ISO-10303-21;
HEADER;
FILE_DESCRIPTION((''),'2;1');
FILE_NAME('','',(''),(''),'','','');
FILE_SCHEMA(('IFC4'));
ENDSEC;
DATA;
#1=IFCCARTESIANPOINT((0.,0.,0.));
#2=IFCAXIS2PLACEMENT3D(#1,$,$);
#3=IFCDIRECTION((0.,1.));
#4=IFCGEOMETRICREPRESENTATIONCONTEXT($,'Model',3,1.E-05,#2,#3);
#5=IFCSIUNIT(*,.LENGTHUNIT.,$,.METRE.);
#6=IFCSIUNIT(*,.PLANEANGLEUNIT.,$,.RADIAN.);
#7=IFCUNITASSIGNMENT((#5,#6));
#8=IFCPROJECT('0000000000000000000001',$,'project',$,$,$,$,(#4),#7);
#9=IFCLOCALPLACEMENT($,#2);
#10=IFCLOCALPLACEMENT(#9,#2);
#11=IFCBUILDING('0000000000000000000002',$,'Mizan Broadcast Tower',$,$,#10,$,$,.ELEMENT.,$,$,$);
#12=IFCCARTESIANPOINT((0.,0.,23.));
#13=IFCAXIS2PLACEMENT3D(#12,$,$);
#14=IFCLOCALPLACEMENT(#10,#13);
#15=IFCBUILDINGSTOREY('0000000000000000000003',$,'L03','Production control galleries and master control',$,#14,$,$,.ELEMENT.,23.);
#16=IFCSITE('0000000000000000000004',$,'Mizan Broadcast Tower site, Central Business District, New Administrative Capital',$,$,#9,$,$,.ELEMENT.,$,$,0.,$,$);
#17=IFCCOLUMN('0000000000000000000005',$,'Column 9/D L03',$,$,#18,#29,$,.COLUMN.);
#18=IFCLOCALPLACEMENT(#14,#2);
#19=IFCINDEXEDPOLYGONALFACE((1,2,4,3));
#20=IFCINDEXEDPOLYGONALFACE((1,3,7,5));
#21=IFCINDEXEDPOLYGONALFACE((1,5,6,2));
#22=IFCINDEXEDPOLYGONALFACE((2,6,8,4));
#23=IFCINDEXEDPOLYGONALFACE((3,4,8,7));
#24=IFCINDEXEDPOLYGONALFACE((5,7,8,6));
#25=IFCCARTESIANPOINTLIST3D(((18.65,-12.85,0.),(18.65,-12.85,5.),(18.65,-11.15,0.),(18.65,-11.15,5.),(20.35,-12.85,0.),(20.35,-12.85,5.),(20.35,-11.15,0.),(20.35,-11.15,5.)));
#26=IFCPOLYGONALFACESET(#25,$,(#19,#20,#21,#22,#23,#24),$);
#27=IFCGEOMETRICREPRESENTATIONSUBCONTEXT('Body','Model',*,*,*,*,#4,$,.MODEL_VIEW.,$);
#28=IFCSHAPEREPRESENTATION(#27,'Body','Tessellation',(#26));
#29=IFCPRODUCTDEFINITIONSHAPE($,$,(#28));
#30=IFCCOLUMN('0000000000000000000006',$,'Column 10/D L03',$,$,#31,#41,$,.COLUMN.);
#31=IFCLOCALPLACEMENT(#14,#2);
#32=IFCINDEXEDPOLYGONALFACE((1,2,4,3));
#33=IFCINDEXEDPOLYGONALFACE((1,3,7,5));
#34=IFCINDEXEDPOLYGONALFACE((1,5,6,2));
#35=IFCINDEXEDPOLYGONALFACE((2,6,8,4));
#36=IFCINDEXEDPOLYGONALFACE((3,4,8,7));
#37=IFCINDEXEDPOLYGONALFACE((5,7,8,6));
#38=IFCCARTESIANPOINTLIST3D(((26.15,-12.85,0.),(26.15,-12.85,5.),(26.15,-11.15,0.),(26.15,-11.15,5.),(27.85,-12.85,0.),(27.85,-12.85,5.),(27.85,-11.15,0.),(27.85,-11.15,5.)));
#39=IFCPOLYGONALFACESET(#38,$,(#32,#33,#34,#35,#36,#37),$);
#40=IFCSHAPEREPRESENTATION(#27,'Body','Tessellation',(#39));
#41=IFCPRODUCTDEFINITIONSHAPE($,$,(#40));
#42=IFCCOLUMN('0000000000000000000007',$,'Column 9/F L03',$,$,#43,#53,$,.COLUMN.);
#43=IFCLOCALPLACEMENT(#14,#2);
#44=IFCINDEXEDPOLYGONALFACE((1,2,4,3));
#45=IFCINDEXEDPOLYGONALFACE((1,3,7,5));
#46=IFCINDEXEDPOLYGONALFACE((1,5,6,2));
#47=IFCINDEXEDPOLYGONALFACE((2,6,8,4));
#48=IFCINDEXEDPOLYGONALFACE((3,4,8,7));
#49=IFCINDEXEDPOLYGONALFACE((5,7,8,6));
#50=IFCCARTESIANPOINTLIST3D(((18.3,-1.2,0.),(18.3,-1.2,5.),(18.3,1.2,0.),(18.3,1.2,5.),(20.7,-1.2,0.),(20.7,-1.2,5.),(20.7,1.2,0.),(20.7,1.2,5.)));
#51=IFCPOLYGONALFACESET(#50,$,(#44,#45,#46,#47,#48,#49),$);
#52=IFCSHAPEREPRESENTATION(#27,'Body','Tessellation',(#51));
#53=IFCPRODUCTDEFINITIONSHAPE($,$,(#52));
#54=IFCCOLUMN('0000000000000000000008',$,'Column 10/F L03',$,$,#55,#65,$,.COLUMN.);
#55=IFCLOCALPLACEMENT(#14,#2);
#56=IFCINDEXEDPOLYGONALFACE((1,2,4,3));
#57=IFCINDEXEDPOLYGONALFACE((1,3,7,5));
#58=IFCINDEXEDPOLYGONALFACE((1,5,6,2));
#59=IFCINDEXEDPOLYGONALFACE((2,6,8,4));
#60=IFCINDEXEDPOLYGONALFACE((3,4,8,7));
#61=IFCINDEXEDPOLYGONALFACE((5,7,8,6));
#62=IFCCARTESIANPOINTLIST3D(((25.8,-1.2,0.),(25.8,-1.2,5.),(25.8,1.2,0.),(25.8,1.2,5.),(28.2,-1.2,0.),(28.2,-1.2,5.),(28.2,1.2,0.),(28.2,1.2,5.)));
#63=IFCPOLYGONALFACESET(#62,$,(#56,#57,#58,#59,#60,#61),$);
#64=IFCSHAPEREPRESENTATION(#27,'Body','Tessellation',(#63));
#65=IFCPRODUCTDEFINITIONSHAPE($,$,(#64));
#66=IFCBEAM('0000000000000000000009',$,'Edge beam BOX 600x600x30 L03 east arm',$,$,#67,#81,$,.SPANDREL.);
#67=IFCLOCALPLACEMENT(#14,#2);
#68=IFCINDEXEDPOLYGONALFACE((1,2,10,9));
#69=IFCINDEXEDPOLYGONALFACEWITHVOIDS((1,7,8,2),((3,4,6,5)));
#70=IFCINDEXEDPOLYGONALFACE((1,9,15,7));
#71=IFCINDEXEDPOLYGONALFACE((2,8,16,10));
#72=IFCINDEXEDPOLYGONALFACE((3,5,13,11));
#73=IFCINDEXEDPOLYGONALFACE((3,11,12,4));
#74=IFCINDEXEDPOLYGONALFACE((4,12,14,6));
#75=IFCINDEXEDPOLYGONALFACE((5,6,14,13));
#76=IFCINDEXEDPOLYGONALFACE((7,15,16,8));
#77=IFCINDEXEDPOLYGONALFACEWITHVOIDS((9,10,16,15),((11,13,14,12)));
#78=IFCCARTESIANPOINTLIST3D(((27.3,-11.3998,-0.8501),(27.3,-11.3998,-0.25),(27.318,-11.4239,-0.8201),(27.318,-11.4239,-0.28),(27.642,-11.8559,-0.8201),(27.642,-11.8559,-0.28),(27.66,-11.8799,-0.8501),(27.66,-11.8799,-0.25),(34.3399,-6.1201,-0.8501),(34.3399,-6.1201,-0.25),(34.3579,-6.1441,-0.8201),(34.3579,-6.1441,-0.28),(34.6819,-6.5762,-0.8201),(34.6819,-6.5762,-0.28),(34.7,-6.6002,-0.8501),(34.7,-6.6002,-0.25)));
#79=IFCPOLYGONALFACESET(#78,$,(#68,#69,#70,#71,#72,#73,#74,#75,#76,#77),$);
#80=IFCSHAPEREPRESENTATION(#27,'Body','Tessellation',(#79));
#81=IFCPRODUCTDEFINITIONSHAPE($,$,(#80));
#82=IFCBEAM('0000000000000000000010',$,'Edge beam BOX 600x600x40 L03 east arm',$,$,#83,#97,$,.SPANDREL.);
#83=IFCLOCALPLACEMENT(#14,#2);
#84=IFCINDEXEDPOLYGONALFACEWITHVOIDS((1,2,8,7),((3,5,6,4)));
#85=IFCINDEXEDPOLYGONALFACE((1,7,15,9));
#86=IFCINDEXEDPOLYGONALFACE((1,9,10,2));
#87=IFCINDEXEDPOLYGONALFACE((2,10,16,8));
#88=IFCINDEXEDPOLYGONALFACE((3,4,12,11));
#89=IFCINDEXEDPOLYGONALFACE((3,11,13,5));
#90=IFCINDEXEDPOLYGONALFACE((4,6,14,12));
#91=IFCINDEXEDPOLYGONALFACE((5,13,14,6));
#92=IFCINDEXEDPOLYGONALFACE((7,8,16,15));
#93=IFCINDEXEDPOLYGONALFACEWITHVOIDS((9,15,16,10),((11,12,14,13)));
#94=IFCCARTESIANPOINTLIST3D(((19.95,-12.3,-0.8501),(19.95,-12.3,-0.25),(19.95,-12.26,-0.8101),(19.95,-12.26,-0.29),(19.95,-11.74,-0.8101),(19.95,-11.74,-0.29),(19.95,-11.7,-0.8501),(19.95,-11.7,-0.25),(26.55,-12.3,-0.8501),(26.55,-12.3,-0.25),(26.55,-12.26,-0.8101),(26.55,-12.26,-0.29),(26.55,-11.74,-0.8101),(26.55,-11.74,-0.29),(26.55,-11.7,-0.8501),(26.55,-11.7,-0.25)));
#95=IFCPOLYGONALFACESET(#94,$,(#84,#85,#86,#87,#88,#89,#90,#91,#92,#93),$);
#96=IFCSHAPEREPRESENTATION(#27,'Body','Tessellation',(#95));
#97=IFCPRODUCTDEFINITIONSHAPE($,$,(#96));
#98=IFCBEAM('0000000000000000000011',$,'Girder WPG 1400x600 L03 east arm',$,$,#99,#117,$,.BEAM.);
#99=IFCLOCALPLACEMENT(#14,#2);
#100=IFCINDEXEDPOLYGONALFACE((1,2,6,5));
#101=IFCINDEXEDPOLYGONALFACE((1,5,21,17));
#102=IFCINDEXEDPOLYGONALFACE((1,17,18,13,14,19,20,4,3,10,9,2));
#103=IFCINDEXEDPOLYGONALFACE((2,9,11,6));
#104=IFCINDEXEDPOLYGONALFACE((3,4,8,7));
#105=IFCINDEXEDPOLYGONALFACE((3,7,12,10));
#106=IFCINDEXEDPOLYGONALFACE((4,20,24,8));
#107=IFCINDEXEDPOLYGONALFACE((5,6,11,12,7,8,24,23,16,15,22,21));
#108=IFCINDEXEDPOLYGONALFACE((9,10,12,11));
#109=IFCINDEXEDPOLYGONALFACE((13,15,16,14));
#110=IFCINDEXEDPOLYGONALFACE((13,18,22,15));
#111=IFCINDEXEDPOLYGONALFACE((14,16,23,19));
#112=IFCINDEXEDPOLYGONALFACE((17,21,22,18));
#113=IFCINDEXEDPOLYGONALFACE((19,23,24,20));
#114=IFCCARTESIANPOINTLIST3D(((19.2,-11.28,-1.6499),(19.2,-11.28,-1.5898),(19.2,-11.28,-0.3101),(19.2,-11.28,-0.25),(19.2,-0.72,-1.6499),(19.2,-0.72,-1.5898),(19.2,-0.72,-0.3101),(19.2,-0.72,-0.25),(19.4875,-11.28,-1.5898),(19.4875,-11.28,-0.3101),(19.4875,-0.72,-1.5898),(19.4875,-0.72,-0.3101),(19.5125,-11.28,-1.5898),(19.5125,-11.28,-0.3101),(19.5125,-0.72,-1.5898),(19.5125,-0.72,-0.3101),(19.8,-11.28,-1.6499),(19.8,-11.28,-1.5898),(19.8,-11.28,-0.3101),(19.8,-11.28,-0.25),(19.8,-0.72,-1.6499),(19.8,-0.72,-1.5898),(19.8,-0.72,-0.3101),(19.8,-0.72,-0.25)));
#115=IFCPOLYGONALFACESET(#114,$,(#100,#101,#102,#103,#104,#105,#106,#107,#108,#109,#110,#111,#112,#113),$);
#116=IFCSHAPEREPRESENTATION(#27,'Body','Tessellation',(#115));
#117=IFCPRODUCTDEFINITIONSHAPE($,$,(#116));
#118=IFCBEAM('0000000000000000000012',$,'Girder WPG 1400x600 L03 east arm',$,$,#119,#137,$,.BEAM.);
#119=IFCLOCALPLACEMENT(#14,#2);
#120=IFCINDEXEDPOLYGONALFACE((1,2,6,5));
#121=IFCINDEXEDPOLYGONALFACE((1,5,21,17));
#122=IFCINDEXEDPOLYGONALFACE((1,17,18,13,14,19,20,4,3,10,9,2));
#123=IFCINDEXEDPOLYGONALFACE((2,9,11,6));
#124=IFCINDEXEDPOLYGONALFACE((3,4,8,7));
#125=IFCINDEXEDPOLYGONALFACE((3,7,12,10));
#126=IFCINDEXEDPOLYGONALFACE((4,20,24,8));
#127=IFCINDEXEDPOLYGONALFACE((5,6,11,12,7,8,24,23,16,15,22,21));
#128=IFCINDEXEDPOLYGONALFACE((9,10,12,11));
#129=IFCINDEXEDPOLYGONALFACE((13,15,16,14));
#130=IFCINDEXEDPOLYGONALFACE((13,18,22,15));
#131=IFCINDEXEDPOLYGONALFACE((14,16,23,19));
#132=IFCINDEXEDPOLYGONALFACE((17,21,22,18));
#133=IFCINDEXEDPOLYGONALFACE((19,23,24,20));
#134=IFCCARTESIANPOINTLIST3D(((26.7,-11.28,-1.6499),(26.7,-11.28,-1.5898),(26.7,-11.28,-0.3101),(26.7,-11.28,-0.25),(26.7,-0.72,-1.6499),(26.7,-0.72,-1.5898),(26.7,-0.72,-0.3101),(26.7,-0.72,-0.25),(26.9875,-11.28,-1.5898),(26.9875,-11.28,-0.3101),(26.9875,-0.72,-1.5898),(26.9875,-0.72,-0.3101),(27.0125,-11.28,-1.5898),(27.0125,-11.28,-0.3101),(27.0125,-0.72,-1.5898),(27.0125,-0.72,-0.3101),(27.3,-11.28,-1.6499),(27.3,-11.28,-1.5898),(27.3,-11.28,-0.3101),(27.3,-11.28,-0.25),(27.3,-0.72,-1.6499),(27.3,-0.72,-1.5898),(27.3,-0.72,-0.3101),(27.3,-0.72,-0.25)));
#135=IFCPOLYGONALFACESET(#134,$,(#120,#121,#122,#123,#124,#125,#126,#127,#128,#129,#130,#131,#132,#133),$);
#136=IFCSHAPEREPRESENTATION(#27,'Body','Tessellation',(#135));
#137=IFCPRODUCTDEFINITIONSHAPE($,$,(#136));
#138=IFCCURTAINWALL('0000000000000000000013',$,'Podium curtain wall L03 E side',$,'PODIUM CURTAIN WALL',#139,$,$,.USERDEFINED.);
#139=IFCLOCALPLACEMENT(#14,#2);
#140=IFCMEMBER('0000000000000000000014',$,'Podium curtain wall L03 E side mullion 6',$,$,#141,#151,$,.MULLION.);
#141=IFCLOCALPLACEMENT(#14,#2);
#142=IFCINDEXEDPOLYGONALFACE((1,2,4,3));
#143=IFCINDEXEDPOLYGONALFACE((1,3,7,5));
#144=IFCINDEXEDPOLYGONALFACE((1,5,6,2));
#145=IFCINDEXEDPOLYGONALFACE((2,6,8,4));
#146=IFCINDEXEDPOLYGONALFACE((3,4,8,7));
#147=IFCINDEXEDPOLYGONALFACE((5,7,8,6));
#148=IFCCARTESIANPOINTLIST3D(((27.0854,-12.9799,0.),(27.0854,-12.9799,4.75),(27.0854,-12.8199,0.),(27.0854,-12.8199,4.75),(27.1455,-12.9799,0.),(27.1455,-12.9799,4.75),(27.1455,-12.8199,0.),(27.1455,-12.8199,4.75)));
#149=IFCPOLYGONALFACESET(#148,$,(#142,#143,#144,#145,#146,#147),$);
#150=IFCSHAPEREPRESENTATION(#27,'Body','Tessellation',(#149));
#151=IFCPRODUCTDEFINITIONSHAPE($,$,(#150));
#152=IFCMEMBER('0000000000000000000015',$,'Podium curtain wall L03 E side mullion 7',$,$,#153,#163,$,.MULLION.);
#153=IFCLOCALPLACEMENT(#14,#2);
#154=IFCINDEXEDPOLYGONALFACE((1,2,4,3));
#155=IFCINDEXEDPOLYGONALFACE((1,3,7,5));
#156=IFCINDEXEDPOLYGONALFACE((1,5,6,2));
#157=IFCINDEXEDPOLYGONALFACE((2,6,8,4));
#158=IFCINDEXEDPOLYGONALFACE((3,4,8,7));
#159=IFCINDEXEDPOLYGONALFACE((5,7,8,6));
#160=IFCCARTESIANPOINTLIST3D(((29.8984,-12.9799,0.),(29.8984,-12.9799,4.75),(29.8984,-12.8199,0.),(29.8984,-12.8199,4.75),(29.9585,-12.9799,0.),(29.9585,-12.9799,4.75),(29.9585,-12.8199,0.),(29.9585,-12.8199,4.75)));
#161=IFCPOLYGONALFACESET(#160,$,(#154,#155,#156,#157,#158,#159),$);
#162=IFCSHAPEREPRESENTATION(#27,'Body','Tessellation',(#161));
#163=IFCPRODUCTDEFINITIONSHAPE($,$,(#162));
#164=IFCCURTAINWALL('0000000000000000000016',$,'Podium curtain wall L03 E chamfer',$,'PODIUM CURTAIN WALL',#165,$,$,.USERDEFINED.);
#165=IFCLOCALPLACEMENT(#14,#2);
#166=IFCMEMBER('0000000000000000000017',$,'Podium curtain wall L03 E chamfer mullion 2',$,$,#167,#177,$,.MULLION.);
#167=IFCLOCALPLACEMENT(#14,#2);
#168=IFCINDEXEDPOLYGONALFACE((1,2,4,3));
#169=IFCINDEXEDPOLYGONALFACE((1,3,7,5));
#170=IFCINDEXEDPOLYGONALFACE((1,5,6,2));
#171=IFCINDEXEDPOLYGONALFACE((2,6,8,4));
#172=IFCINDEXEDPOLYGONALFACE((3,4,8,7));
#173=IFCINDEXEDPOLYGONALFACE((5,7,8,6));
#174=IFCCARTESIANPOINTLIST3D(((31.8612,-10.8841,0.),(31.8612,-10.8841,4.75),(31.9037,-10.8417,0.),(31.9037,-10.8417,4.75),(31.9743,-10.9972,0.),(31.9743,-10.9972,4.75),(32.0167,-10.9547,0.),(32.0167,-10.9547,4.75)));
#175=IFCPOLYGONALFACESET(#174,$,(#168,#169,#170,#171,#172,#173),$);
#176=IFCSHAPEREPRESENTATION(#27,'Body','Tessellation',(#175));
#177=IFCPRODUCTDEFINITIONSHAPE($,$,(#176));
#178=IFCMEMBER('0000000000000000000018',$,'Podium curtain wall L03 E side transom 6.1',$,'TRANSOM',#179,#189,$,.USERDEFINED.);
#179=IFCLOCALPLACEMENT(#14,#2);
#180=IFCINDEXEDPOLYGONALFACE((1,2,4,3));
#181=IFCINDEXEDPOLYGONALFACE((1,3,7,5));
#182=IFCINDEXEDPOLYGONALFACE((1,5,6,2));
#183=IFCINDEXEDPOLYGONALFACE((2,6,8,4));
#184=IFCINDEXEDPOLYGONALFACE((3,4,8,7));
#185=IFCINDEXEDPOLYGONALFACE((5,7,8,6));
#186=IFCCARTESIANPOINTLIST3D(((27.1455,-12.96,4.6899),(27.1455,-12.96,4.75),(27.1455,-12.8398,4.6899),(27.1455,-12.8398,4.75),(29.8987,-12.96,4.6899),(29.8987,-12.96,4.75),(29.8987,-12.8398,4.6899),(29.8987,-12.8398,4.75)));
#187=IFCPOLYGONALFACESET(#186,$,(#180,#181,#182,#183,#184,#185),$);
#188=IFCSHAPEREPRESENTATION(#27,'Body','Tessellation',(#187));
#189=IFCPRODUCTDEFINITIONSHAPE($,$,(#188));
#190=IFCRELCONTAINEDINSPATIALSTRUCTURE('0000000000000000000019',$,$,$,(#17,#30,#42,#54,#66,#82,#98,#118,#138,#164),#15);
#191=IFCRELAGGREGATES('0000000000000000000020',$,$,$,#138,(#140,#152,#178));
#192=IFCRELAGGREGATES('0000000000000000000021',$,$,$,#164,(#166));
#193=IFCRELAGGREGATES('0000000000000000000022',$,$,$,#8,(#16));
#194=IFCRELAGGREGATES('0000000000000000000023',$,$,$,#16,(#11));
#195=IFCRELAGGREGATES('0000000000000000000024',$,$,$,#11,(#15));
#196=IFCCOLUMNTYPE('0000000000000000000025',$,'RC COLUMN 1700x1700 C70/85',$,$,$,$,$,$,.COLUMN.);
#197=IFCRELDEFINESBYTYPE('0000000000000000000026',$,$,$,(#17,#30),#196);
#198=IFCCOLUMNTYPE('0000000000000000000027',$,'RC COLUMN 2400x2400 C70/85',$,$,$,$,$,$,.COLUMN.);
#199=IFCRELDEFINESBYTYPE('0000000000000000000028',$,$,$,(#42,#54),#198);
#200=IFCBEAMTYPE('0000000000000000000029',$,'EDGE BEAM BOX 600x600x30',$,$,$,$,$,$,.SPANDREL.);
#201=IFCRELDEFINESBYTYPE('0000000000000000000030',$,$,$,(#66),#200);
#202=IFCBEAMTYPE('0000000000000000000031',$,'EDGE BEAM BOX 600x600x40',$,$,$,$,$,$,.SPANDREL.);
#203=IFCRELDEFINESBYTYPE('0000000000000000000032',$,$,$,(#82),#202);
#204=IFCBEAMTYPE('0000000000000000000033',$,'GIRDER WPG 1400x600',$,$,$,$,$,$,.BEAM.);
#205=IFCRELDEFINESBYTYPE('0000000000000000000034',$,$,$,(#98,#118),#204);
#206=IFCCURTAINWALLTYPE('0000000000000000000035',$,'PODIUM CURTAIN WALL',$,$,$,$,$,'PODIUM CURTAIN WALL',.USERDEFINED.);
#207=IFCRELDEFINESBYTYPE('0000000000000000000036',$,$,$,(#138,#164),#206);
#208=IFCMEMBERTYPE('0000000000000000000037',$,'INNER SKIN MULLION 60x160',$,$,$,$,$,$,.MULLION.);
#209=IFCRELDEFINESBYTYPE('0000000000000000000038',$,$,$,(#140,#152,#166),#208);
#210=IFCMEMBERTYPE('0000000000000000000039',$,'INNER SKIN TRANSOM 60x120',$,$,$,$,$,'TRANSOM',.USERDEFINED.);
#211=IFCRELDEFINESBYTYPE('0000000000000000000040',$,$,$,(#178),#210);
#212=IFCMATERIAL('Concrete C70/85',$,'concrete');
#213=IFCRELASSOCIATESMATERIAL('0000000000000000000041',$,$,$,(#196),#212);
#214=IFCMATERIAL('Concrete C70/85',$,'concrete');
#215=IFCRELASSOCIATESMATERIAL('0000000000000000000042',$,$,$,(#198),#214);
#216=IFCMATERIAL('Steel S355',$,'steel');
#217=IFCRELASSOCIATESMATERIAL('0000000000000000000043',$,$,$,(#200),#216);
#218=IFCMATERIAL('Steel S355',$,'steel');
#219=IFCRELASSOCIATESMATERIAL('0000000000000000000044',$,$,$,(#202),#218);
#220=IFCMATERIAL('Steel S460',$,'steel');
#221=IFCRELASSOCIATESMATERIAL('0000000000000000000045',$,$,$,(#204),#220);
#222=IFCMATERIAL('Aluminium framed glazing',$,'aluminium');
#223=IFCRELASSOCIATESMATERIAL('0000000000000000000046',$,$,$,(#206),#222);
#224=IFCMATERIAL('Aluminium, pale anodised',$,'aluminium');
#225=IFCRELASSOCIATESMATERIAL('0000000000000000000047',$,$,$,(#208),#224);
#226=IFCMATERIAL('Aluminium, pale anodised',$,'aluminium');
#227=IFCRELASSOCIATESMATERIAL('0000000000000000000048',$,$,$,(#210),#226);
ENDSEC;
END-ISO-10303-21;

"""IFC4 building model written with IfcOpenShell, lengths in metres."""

from ifc_helpers import new_model, si_unit, direction, frame, origin, origin_2d, place, context, subcontext, project, spatial, rectangle, hollow_rectangle, i_section, extrude, material, material_profile, profile_set, type_object, element, aggregate, save


model = new_model("IFC4")

# Units and contexts
model_context = context("Model", 3, precision=1e-05, world=origin(), true_north=direction((0.0, 1.0)))
body_context = subcontext(model_context, "Body", "Model", "MODEL_VIEW")
ifc_project = project(units=[si_unit("LENGTHUNIT", "METRE"), si_unit("PLANEANGLEUNIT", "RADIAN")], contexts=[model_context])

# Site, building, storey
site_placement = place(None, origin())
site = spatial("IfcSite", under=ifc_project, at=site_placement, Name="Mizan Broadcast Tower site, Central Business District, New Administrative Capital", CompositionType="ELEMENT", RefElevation=0.0)
building_placement = place(site_placement, origin())
building = spatial("IfcBuilding", under=site, at=building_placement, Name="Mizan Broadcast Tower", CompositionType="ELEMENT")
storey_placement = place(building_placement, frame((0.0, 0.0, 23.0)))
storey = spatial("IfcBuildingStorey", under=building, at=storey_placement, Name="L03", Description="Production control galleries and master control", CompositionType="ELEMENT", Elevation=23.0)

# Columns
ifc_material_1 = material(Name="Concrete C70/85", Category="concrete")
ifc_material_profile_1 = material_profile(ifc_material_1, rectangle(XDim=1.7, YDim=1.7, at=origin_2d()), Name="RC 1700x1700")
ifc_profile_set_1 = profile_set([ifc_material_profile_1], Name="Concrete C70/85")
column_type_1 = type_object("IfcColumnType", Name="RC COLUMN 1700x1700 C70/85", PredefinedType="COLUMN", material=ifc_profile_set_1)
for number, where, z_axis, x_axis, name in (
    (1, (19.5, -12.0, 0.0), (0.0, 0.0, 1.0), (1.0, 0.0, 0.0), "Column 9/D L03"),
    (2, (27.0, -12.0, 0.0), (0.0, 0.0, 1.0), (1.0, 0.0, 0.0), "Column 10/D L03"),
):
    element("IfcColumn", number, at=place(storey_placement, frame(where, z_axis=z_axis, x_axis=x_axis)), inside=storey, type_object=column_type_1, Name=name, PredefinedType="COLUMN", context=body_context, shape_type="SweptSolid", body=[
        extrude(rectangle(XDim=1.7, YDim=1.7, at=origin_2d()), origin(), (0.0, 0.0, 1.0), 5.0),
    ])
ifc_material_2 = material(Name="Concrete C70/85", Category="concrete")
ifc_material_profile_2 = material_profile(ifc_material_2, rectangle(XDim=2.3999, YDim=2.3999, at=origin_2d()), Name="RC 2400x2400")
ifc_profile_set_2 = profile_set([ifc_material_profile_2], Name="Concrete C70/85")
column_type_2 = type_object("IfcColumnType", Name="RC COLUMN 2400x2400 C70/85", PredefinedType="COLUMN", material=ifc_profile_set_2)
for number, where, z_axis, x_axis, name in (
    (3, (19.5, 0.0, 0.0), (0.0, 0.0, 1.0), (1.0, 0.0, 0.0), "Column 9/F L03"),
    (4, (27.0, 0.0, 0.0), (0.0, 0.0, 1.0), (1.0, 0.0, 0.0), "Column 10/F L03"),
):
    element("IfcColumn", number, at=place(storey_placement, frame(where, z_axis=z_axis, x_axis=x_axis)), inside=storey, type_object=column_type_2, Name=name, PredefinedType="COLUMN", context=body_context, shape_type="SweptSolid", body=[
        extrude(rectangle(XDim=2.3999, YDim=2.3999, at=origin_2d()), origin(), (0.0, 0.0, 1.0), 5.0),
    ])

# Beams
ifc_material_3 = material(Name="Steel S355", Category="steel")
ifc_material_profile_3 = material_profile(ifc_material_3, hollow_rectangle(XDim=0.6001, YDim=0.6001, WallThickness=0.03, at=origin_2d()), Name="BOX 600x600x30")
ifc_profile_set_3 = profile_set([ifc_material_profile_3], Name="Steel S355")
beam_type_1 = type_object("IfcBeamType", Name="EDGE BEAM BOX 600x600x30", PredefinedType="SPANDREL", material=ifc_profile_set_3)
beam_1_placement = place(storey_placement, frame((27.48, -11.6399, -0.55), z_axis=(0.800013, 0.599982, 0.0), x_axis=(-0.599982, 0.800013, 0.0)))
element("IfcBeam", 5, at=beam_1_placement, inside=storey, type_object=beam_type_1, Name="Edge beam BOX 600x600x30 L03 east arm", PredefinedType="SPANDREL", context=body_context, shape_type="SweptSolid", body=[
    extrude(hollow_rectangle(XDim=0.6001, YDim=0.6001, WallThickness=0.03, at=origin_2d()), origin(), (0.0, 0.0, 1.0), 8.7998),
])
ifc_material_4 = material(Name="Steel S355", Category="steel")
ifc_material_profile_4 = material_profile(ifc_material_4, hollow_rectangle(XDim=0.6001, YDim=0.6001, WallThickness=0.04, at=origin_2d()), Name="BOX 600x600x40")
ifc_profile_set_4 = profile_set([ifc_material_profile_4], Name="Steel S355")
beam_type_2 = type_object("IfcBeamType", Name="EDGE BEAM BOX 600x600x40", PredefinedType="SPANDREL", material=ifc_profile_set_4)
beam_2_placement = place(storey_placement, frame((19.95, -12.0, -0.55), z_axis=(1.0, 0.0, 0.0), x_axis=(0.0, 1.0, 0.0)))
element("IfcBeam", 6, at=beam_2_placement, inside=storey, type_object=beam_type_2, Name="Edge beam BOX 600x600x40 L03 east arm", PredefinedType="SPANDREL", context=body_context, shape_type="SweptSolid", body=[
    extrude(hollow_rectangle(XDim=0.6001, YDim=0.6001, WallThickness=0.04, at=origin_2d()), origin(), (0.0, 0.0, 1.0), 6.6001),
])
ifc_material_5 = material(Name="Steel S460", Category="steel")
ifc_material_profile_5 = material_profile(ifc_material_5, i_section(OverallWidth=0.6001, OverallDepth=1.3999, WebThickness=0.0249, FlangeThickness=0.0601, at=origin_2d()), Name="WPG 1400x600")
ifc_profile_set_5 = profile_set([ifc_material_profile_5], Name="Steel S460")
beam_type_3 = type_object("IfcBeamType", Name="GIRDER WPG 1400x600", PredefinedType="BEAM", material=ifc_profile_set_5)
for number, where, z_axis, x_axis, name in (
    (7, (19.5, -11.28, -0.95), (0.0, 1.0, 0.0), (-1.0, 0.0, 0.0), "Girder WPG 1400x600 L03 east arm"),
    (8, (27.0, -11.28, -0.95), (0.0, 1.0, 0.0), (-1.0, 0.0, 0.0), "Girder WPG 1400x600 L03 east arm"),
):
    element("IfcBeam", number, at=place(storey_placement, frame(where, z_axis=z_axis, x_axis=x_axis)), inside=storey, type_object=beam_type_3, Name=name, PredefinedType="BEAM", context=body_context, shape_type="SweptSolid", body=[
        extrude(i_section(OverallWidth=0.6001, OverallDepth=1.3999, WebThickness=0.0249, FlangeThickness=0.0601, at=origin_2d()), origin(), (0.0, 0.0, 1.0), 10.5601),
    ])

# Curtain wall, members
ifc_material_6 = material(Name="Aluminium framed glazing", Category="aluminium")
curtain_wall_type_1 = type_object("IfcCurtainWallType", Name="PODIUM CURTAIN WALL", ElementType="PODIUM CURTAIN WALL", PredefinedType="USERDEFINED", material=ifc_material_6)
curtain_wall_1_placement = place(storey_placement, origin())
curtain_wall_1 = element("IfcCurtainWall", 9, at=curtain_wall_1_placement, inside=storey, type_object=curtain_wall_type_1, Name="Podium curtain wall L03 E side", ObjectType="PODIUM CURTAIN WALL", PredefinedType="USERDEFINED")
ifc_material_7 = material(Name="Aluminium, pale anodised", Category="aluminium")
ifc_material_profile_6 = material_profile(ifc_material_7, rectangle(XDim=0.1599, YDim=0.0601, at=origin_2d()), Name="MULLION 160x60")
ifc_profile_set_6 = profile_set([ifc_material_profile_6], Name="Aluminium, pale anodised")
member_type_1 = type_object("IfcMemberType", Name="INNER SKIN MULLION 60x160", PredefinedType="MULLION", material=ifc_profile_set_6)
member_1_placement = place(storey_placement, frame((27.1155, -12.8999, 0.0), z_axis=(0.0, 0.0, 1.0), x_axis=(0.0, 1.0, 0.0)))
member_1 = element("IfcMember", 10, at=member_1_placement, type_object=member_type_1, Name="Podium curtain wall L03 E side mullion 6", PredefinedType="MULLION", context=body_context, shape_type="SweptSolid", body=[
    extrude(rectangle(XDim=0.1599, YDim=0.0601, at=origin_2d()), origin(), (0.0, 0.0, 1.0), 4.75),
])
member_2_placement = place(storey_placement, frame((29.9285, -12.8999, 0.0), z_axis=(0.0, 0.0, 1.0), x_axis=(0.0, 1.0, 0.0)))
member_2 = element("IfcMember", 11, at=member_2_placement, type_object=member_type_1, Name="Podium curtain wall L03 E side mullion 7", PredefinedType="MULLION", context=body_context, shape_type="SweptSolid", body=[
    extrude(rectangle(XDim=0.1599, YDim=0.0601, at=origin_2d()), origin(), (0.0, 0.0, 1.0), 4.75),
])

# Curtain wall, member
curtain_wall_2_placement = place(storey_placement, origin())
curtain_wall_2 = element("IfcCurtainWall", 12, at=curtain_wall_2_placement, inside=storey, type_object=curtain_wall_type_1, Name="Podium curtain wall L03 E chamfer", ObjectType="PODIUM CURTAIN WALL", PredefinedType="USERDEFINED")
member_3_placement = place(storey_placement, frame((31.939, -10.9194, 0.0), z_axis=(0.0, 0.0, 1.0), x_axis=(-0.707107, 0.707107, 0.0)))
member_3 = element("IfcMember", 13, at=member_3_placement, type_object=member_type_1, Name="Podium curtain wall L03 E chamfer mullion 2", PredefinedType="MULLION", context=body_context, shape_type="SweptSolid", body=[
    extrude(rectangle(XDim=0.1599, YDim=0.0601, at=origin_2d()), origin(), (0.0, 0.0, 1.0), 4.75),
])

# Member
ifc_material_8 = material(Name="Aluminium, pale anodised", Category="aluminium")
ifc_material_profile_7 = material_profile(ifc_material_8, rectangle(XDim=0.1201, YDim=0.0601, at=origin_2d()), Name="TRANSOM 120x60")
ifc_profile_set_7 = profile_set([ifc_material_profile_7], Name="Aluminium, pale anodised")
member_type_2 = type_object("IfcMemberType", Name="INNER SKIN TRANSOM 60x120", ElementType="TRANSOM", PredefinedType="USERDEFINED", material=ifc_profile_set_7)
member_4_placement = place(storey_placement, frame((27.1455, -12.8999, 4.72), z_axis=(1.0, 0.0, 0.0), x_axis=(0.0, 1.0, 0.0)))
member_4 = element("IfcMember", 14, at=member_4_placement, type_object=member_type_2, Name="Podium curtain wall L03 E side transom 6.1", ObjectType="TRANSOM", PredefinedType="USERDEFINED", context=body_context, shape_type="SweptSolid", body=[
    extrude(rectangle(XDim=0.1201, YDim=0.0601, at=origin_2d()), origin(), (0.0, 0.0, 1.0), 2.7532),
])

aggregate(curtain_wall_1, [member_1, member_2, member_4])
aggregate(curtain_wall_2, [member_3])

save(model, "model.ifc")
